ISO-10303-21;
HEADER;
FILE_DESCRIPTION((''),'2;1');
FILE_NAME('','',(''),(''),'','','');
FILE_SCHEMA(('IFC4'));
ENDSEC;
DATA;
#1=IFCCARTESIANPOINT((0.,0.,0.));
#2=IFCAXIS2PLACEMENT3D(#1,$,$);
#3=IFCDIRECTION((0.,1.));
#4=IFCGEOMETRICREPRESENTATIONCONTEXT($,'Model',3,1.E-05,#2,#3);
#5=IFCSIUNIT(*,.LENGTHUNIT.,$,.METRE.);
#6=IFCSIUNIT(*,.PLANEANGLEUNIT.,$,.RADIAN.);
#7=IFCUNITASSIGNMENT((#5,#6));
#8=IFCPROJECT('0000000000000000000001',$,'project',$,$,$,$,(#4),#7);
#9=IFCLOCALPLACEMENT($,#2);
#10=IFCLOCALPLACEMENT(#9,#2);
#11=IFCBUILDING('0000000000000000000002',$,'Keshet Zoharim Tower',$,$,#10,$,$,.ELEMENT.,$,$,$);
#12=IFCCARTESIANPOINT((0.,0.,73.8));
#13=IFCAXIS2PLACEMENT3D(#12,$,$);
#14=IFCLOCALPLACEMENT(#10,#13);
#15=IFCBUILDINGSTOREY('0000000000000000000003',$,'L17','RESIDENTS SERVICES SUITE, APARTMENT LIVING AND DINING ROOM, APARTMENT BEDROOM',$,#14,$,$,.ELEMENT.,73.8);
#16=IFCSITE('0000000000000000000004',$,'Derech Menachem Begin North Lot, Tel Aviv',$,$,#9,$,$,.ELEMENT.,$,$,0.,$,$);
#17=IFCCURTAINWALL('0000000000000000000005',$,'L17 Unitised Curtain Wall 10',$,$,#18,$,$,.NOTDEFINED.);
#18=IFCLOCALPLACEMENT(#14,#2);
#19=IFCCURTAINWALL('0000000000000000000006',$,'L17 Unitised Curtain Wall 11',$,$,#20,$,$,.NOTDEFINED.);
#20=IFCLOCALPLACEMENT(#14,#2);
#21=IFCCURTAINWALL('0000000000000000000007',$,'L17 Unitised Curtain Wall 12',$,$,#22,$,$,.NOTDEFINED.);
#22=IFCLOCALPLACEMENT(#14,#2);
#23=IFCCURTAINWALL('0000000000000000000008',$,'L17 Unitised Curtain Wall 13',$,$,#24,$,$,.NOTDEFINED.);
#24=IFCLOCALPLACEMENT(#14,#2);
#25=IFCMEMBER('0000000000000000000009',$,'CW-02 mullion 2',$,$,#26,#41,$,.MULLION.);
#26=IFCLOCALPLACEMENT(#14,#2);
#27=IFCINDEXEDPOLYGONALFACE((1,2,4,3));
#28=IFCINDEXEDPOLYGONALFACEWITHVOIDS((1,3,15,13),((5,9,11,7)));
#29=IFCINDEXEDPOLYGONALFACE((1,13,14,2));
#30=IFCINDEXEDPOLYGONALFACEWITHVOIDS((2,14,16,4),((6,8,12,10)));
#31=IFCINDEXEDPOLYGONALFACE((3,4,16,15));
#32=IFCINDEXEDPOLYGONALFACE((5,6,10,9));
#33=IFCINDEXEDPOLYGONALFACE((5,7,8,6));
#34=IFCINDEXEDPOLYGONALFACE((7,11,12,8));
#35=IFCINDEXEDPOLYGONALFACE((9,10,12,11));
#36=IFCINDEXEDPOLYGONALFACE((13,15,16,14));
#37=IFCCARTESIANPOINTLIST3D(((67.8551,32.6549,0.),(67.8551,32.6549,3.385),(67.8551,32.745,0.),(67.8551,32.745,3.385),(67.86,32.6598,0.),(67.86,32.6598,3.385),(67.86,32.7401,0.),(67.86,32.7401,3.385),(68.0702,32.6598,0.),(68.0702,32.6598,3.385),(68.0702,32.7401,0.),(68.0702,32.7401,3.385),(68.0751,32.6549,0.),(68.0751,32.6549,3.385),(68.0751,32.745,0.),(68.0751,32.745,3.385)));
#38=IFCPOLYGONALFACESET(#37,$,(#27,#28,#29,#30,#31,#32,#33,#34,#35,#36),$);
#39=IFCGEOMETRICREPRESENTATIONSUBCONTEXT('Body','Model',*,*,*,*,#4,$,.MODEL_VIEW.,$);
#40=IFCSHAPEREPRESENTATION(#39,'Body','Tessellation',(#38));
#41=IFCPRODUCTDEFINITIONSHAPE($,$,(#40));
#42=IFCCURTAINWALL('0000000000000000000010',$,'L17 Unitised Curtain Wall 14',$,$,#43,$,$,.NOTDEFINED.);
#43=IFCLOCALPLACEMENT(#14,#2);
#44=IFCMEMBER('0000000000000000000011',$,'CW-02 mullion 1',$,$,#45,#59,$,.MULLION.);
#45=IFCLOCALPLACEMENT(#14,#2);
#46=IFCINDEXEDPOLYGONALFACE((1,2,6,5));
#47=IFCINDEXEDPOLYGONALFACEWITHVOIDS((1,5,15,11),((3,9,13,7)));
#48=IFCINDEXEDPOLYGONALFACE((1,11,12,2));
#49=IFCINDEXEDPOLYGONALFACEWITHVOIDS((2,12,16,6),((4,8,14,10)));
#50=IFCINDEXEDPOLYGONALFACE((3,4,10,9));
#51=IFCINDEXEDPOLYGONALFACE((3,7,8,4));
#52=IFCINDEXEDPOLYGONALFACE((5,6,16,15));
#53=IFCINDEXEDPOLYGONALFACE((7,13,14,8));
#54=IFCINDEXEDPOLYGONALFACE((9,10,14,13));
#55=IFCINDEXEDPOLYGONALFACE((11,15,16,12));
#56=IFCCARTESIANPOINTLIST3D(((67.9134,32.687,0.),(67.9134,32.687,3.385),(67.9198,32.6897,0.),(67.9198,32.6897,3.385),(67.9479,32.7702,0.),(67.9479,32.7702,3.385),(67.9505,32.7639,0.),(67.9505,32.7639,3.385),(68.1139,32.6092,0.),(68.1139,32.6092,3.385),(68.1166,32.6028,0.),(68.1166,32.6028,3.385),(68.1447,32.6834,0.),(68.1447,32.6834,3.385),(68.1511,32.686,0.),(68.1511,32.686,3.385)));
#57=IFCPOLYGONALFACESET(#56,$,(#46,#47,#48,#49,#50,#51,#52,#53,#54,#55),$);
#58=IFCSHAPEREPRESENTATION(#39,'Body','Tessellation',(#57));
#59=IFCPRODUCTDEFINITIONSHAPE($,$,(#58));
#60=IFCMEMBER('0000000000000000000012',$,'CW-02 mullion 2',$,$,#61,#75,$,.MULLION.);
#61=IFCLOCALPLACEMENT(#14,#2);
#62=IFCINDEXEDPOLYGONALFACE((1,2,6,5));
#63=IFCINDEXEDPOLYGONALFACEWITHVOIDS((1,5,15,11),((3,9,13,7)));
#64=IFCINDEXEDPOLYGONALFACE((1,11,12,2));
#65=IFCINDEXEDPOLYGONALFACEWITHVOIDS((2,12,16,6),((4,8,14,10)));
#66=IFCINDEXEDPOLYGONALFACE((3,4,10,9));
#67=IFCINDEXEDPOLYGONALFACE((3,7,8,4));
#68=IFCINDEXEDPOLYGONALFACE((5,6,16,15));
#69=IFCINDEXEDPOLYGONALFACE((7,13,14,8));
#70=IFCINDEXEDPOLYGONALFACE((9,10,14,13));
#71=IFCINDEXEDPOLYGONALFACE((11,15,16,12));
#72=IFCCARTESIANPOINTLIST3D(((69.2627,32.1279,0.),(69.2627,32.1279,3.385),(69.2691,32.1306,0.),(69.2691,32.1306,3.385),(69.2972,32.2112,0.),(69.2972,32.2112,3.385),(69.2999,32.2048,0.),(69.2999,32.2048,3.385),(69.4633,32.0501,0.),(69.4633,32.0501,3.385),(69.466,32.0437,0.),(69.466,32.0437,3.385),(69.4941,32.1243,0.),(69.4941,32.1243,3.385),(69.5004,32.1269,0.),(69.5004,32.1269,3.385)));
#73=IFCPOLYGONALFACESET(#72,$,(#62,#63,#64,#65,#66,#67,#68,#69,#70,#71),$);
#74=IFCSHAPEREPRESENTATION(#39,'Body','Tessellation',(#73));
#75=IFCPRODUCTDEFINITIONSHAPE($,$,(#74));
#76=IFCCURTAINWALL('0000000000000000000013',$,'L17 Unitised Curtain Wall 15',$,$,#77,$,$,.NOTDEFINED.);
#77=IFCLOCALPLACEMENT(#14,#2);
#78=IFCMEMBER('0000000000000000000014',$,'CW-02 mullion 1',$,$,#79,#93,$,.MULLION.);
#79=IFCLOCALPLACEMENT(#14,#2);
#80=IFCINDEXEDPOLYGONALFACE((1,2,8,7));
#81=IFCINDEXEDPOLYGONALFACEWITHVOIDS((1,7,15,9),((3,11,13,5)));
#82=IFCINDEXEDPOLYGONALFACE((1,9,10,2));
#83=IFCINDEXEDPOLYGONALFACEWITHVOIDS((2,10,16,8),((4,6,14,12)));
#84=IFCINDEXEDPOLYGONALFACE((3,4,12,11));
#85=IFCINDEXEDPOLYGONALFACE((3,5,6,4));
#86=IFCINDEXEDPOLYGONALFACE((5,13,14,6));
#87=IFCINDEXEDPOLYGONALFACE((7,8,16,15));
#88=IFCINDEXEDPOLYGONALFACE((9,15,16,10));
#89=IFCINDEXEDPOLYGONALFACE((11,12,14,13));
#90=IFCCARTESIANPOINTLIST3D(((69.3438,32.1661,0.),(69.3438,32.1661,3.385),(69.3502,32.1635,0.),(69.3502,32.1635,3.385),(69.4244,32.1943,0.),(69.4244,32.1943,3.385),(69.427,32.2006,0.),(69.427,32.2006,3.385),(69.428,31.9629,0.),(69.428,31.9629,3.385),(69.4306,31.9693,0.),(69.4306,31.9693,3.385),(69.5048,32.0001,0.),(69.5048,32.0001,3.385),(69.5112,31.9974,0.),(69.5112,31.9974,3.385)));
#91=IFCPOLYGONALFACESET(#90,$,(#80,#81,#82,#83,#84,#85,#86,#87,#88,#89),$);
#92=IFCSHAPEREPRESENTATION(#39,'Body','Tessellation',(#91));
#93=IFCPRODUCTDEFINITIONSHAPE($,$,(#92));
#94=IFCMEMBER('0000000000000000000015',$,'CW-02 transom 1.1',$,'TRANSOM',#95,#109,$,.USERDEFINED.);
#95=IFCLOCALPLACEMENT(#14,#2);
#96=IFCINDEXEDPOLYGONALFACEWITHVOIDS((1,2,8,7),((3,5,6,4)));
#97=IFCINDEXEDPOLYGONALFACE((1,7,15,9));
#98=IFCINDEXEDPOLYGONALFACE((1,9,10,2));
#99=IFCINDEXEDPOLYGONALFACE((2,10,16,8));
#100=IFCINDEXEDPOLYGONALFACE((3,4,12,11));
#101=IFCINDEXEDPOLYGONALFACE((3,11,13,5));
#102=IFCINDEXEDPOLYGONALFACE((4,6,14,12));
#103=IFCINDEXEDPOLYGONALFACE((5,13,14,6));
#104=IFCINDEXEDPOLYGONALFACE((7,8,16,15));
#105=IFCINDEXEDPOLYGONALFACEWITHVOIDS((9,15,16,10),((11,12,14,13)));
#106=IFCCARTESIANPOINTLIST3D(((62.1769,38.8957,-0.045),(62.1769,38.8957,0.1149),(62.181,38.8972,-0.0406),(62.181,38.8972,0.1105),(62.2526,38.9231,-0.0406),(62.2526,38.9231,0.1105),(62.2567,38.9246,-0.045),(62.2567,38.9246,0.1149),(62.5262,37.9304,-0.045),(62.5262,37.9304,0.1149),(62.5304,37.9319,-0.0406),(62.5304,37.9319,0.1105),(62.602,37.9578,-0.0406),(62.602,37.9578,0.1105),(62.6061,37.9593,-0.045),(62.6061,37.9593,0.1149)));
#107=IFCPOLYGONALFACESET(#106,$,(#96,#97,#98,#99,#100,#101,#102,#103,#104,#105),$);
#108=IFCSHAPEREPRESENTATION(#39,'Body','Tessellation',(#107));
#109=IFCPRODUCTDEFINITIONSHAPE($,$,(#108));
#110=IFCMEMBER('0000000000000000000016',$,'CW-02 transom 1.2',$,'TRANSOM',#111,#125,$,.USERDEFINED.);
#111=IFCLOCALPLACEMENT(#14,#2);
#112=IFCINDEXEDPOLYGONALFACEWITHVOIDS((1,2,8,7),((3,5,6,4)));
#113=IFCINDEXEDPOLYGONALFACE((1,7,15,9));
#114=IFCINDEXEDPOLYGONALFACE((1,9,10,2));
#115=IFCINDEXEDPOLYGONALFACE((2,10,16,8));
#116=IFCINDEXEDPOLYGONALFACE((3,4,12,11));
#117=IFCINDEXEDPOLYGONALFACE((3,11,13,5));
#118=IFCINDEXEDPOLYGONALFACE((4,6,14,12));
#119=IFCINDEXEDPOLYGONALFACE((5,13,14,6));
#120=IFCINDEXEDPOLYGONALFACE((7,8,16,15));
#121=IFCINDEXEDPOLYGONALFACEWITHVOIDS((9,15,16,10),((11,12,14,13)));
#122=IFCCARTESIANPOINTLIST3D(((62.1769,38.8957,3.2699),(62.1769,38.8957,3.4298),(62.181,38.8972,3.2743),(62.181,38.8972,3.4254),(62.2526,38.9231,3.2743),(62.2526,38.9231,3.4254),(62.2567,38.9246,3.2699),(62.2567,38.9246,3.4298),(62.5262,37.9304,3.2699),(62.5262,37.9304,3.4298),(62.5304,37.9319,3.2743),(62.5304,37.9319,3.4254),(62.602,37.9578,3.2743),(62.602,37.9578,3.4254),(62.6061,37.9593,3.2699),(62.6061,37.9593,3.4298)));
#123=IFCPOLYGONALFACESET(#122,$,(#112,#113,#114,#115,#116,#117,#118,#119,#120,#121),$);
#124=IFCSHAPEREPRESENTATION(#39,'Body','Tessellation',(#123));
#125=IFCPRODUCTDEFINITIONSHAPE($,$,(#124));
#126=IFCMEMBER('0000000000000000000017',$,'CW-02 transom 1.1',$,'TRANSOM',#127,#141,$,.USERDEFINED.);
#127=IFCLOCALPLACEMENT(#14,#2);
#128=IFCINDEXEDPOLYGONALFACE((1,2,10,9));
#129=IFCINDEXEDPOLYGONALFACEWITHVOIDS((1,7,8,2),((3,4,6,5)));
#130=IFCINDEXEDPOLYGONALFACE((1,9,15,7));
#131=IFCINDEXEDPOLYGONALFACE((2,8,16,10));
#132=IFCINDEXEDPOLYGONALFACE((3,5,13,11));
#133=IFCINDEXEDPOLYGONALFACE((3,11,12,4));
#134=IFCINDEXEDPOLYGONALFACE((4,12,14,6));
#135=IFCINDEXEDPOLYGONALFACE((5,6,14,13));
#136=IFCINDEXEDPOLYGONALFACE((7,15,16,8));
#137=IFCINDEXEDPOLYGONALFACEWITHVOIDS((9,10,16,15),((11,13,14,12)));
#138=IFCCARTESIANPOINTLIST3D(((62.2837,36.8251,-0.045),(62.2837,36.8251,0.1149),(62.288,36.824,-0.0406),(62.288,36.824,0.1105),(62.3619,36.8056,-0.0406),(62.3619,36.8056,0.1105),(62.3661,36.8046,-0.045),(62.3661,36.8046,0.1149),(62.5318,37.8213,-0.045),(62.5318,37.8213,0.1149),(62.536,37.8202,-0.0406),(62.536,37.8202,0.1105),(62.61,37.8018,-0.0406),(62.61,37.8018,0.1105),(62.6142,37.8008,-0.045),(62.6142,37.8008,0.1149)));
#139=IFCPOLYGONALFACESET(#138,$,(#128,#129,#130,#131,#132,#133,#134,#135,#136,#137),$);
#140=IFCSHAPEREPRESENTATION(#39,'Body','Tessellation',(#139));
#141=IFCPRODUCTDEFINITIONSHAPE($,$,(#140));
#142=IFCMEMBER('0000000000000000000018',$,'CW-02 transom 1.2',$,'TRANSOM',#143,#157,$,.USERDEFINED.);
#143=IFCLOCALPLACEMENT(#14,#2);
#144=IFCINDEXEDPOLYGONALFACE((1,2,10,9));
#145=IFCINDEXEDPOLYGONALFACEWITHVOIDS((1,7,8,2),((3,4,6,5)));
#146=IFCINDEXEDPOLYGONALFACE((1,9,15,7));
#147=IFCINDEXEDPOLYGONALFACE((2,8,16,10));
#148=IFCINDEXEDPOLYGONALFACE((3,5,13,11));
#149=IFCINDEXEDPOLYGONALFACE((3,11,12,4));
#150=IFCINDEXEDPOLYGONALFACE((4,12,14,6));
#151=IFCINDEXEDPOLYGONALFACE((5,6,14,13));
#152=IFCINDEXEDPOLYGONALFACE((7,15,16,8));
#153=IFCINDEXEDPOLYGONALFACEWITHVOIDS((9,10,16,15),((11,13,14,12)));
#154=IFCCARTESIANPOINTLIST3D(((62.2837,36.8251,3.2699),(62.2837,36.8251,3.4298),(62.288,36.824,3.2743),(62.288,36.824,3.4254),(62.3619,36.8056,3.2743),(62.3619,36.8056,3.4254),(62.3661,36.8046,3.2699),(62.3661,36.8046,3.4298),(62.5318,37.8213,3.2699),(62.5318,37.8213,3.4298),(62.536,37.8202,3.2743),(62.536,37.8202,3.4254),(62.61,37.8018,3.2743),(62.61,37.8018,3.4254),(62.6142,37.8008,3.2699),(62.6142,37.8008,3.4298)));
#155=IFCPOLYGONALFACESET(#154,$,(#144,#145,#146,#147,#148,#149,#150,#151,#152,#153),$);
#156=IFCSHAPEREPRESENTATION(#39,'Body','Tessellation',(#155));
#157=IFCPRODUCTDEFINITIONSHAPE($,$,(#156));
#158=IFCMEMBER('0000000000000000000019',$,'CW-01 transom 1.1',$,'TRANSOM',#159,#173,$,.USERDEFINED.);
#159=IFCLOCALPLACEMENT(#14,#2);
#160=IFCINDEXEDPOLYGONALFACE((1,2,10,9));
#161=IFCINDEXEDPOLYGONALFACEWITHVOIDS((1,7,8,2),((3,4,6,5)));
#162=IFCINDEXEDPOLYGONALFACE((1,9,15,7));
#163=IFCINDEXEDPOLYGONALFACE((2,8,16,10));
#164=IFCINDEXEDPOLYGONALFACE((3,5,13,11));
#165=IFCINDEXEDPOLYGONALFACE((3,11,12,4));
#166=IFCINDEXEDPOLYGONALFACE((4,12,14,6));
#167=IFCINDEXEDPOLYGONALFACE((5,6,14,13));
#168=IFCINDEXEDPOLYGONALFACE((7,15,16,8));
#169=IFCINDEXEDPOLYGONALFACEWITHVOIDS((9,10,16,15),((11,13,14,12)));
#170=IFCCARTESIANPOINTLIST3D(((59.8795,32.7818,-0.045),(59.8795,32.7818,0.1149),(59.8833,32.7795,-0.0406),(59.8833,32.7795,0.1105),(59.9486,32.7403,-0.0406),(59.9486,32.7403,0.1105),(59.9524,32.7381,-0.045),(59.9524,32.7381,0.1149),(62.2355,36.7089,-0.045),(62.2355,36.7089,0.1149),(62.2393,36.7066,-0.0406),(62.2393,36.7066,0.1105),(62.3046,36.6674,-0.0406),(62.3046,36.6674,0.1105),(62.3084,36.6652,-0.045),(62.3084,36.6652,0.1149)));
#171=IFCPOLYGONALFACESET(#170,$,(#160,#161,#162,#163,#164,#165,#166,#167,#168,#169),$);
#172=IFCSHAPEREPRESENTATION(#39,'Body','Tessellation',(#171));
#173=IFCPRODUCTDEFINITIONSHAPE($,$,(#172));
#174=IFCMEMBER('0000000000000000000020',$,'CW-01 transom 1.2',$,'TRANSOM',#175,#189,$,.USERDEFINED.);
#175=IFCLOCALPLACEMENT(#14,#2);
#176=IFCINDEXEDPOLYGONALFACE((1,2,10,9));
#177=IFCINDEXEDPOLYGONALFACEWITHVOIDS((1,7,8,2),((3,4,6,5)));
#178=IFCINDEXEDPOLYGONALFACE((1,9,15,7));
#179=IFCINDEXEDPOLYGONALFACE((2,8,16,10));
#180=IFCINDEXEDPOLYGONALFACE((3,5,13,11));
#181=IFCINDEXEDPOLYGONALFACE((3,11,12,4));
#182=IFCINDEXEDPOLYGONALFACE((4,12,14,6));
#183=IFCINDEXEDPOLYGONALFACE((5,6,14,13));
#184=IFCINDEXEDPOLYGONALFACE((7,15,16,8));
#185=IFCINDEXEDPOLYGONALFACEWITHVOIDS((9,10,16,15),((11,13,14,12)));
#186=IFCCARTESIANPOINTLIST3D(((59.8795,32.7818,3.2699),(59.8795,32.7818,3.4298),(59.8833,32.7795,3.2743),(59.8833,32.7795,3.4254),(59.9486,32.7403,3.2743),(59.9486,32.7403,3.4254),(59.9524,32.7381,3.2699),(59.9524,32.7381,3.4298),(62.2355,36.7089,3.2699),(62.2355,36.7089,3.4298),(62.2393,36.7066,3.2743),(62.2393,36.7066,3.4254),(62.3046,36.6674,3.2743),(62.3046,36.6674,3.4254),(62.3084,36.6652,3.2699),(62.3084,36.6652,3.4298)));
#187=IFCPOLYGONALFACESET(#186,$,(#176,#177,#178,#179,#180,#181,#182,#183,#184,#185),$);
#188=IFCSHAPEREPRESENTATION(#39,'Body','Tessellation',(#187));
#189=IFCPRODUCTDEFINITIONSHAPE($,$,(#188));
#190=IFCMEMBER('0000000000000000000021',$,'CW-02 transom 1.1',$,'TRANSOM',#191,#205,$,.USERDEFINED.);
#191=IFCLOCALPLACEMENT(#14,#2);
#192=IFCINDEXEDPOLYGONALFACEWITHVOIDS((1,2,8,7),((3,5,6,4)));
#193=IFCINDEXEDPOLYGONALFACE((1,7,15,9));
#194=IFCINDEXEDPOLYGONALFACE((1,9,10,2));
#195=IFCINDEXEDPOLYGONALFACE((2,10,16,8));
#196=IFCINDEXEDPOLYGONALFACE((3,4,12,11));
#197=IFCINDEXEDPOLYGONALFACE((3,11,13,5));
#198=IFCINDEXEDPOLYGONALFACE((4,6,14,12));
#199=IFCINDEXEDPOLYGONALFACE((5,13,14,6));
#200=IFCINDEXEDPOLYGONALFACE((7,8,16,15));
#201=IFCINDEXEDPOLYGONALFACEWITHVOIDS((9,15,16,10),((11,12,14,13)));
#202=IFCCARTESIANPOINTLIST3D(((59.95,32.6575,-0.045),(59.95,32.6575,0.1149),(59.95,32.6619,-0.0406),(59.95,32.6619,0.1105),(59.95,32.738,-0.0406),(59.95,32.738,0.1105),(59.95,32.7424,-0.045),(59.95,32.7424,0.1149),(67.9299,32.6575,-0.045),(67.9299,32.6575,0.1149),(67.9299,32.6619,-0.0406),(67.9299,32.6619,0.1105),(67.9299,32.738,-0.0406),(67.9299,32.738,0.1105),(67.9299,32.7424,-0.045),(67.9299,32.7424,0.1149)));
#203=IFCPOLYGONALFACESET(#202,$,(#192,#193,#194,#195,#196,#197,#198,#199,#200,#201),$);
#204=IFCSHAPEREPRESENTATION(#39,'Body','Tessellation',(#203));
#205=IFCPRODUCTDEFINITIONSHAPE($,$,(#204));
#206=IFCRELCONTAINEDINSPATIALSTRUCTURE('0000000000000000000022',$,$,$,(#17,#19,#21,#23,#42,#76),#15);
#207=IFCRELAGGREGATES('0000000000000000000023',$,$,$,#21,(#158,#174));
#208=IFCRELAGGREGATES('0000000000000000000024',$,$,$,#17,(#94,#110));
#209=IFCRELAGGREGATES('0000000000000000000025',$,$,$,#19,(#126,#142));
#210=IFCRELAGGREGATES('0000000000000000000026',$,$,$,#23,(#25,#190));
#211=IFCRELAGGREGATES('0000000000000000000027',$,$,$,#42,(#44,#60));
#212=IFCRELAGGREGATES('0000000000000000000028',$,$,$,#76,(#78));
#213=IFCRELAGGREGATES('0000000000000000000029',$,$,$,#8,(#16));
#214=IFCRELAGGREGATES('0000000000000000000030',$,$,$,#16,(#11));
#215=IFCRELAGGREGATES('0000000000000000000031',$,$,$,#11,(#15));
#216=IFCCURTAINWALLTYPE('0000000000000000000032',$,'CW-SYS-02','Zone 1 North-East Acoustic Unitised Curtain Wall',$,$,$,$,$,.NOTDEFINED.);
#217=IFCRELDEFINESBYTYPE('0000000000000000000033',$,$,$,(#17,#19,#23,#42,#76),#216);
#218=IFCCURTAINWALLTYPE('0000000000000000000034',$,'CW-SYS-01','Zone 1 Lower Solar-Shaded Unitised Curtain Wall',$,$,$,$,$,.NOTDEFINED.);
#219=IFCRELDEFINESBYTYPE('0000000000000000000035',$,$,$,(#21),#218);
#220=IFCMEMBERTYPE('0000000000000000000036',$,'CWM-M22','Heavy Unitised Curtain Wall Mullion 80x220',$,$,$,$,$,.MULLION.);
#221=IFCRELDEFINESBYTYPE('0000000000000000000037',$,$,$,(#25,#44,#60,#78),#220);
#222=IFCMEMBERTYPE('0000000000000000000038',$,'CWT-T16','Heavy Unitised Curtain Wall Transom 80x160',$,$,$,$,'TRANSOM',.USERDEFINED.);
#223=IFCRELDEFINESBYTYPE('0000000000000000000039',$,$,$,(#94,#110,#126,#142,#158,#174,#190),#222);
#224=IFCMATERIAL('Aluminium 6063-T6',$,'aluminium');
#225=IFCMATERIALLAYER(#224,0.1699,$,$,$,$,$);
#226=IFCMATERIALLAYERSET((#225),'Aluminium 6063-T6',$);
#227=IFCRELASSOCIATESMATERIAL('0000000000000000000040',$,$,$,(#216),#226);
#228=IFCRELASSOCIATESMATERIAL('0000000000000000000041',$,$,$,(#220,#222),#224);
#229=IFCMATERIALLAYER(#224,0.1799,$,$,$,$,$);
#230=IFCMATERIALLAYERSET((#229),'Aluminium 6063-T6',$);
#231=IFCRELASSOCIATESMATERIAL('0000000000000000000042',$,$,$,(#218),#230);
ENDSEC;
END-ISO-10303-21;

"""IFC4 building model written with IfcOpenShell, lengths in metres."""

from ifc_helpers import new_model, si_unit, direction, frame, origin, origin_2d, place, context, subcontext, project, spatial, hollow_rectangle, extrude, material, layer, layer_set, material_profile, profile_set, type_object, element, aggregate, save


model = new_model("IFC4")

# Units and contexts
model_context = context("Model", 3, precision=1e-05, world=origin(), true_north=direction((0.0, 1.0)))
body_context = subcontext(model_context, "Body", "Model", "MODEL_VIEW")
ifc_project = project(units=[si_unit("LENGTHUNIT", "METRE"), si_unit("PLANEANGLEUNIT", "RADIAN")], contexts=[model_context])

# Site, building, storey
site_placement = place(None, origin())
site = spatial("IfcSite", under=ifc_project, at=site_placement, Name="Derech Menachem Begin North Lot, Tel Aviv", CompositionType="ELEMENT", RefElevation=0.0)
building_placement = place(site_placement, origin())
building = spatial("IfcBuilding", under=site, at=building_placement, Name="Keshet Zoharim Tower", CompositionType="ELEMENT")
storey_placement = place(building_placement, frame((0.0, 0.0, 73.8)))
storey = spatial("IfcBuildingStorey", under=building, at=storey_placement, Name="L17", Description="RESIDENTS SERVICES SUITE, APARTMENT LIVING AND DINING ROOM, APARTMENT BEDROOM", CompositionType="ELEMENT", Elevation=73.8)

# Shared definitions
ifc_material_1 = material(Name="Aluminium 6063-T6", Category="aluminium")
ifc_layer_1 = layer(ifc_material_1, 0.1699)
ifc_layer_set_1 = layer_set([ifc_layer_1], Name="Aluminium 6063-T6")
curtain_wall_type_1 = type_object("IfcCurtainWallType", Name="CW-SYS-02", Description="Zone 1 North-East Acoustic Unitised Curtain Wall", PredefinedType="NOTDEFINED", material=ifc_layer_set_1)
ifc_material_profile_1 = material_profile(ifc_material_1, hollow_rectangle(XDim=0.0901, YDim=0.22, WallThickness=0.0049, at=origin_2d()), Name="MUL-90x220")
ifc_profile_set_1 = profile_set([ifc_material_profile_1], Name="Aluminium 6063-T6")
member_type_1 = type_object("IfcMemberType", Name="CWM-M22", Description="Heavy Unitised Curtain Wall Mullion 80x220", PredefinedType="MULLION", material=ifc_profile_set_1)

# Curtain walls, members
curtain_wall_1_placement = place(storey_placement, origin())
curtain_wall_1 = element("IfcCurtainWall", 1, at=curtain_wall_1_placement, inside=storey, type_object=curtain_wall_type_1, Name="L17 Unitised Curtain Wall 10", PredefinedType="NOTDEFINED")
curtain_wall_2_placement = place(storey_placement, origin())
curtain_wall_2 = element("IfcCurtainWall", 2, at=curtain_wall_2_placement, inside=storey, type_object=curtain_wall_type_1, Name="L17 Unitised Curtain Wall 11", PredefinedType="NOTDEFINED")
ifc_layer_2 = layer(ifc_material_1, 0.1799)
ifc_layer_set_2 = layer_set([ifc_layer_2], Name="Aluminium 6063-T6")
curtain_wall_type_2 = type_object("IfcCurtainWallType", Name="CW-SYS-01", Description="Zone 1 Lower Solar-Shaded Unitised Curtain Wall", PredefinedType="NOTDEFINED", material=ifc_layer_set_2)
curtain_wall_3_placement = place(storey_placement, origin())
curtain_wall_3 = element("IfcCurtainWall", 3, at=curtain_wall_3_placement, inside=storey, type_object=curtain_wall_type_2, Name="L17 Unitised Curtain Wall 12", PredefinedType="NOTDEFINED")
curtain_wall_4_placement = place(storey_placement, origin())
curtain_wall_4 = element("IfcCurtainWall", 4, at=curtain_wall_4_placement, inside=storey, type_object=curtain_wall_type_1, Name="L17 Unitised Curtain Wall 13", PredefinedType="NOTDEFINED")
member_1_placement = place(storey_placement, frame((67.9651, 32.7, 0.0), z_axis=(0.0, 0.0, 1.0), x_axis=(0.0, 1.0, 0.0)))
member_1 = element("IfcMember", 5, at=member_1_placement, type_object=member_type_1, Name="CW-02 mullion 2", PredefinedType="MULLION", context=body_context, shape_type="SweptSolid", body=[
    extrude(hollow_rectangle(XDim=0.0901, YDim=0.22, WallThickness=0.0049, at=origin_2d()), origin(), (0.0, 0.0, 1.0), 3.385),
])
curtain_wall_5_placement = place(storey_placement, origin())
curtain_wall_5 = element("IfcCurtainWall", 6, at=curtain_wall_5_placement, inside=storey, type_object=curtain_wall_type_1, Name="L17 Unitised Curtain Wall 14", PredefinedType="NOTDEFINED")
member_2_placement = place(storey_placement, frame((68.0322, 32.6865, 0.0), z_axis=(0.0, 0.0, 1.0), x_axis=(0.382852, 0.92381, 0.0)))
member_2 = element("IfcMember", 7, at=member_2_placement, type_object=member_type_1, Name="CW-02 mullion 1", PredefinedType="MULLION", context=body_context, shape_type="SweptSolid", body=[
    extrude(hollow_rectangle(XDim=0.0901, YDim=0.22, WallThickness=0.0049, at=origin_2d()), origin(), (0.0, 0.0, 1.0), 3.385),
])
member_3_placement = place(storey_placement, frame((69.3816, 32.1274, 0.0), z_axis=(0.0, 0.0, 1.0), x_axis=(0.382852, 0.92381, 0.0)))
member_3 = element("IfcMember", 8, at=member_3_placement, type_object=member_type_1, Name="CW-02 mullion 2", PredefinedType="MULLION", context=body_context, shape_type="SweptSolid", body=[
    extrude(hollow_rectangle(XDim=0.0901, YDim=0.22, WallThickness=0.0049, at=origin_2d()), origin(), (0.0, 0.0, 1.0), 3.385),
])

# Curtain wall, member
curtain_wall_6_placement = place(storey_placement, origin())
curtain_wall_6 = element("IfcCurtainWall", 9, at=curtain_wall_6_placement, inside=storey, type_object=curtain_wall_type_1, Name="L17 Unitised Curtain Wall 15", PredefinedType="NOTDEFINED")
member_4_placement = place(storey_placement, frame((69.4275, 32.0818, 0.0), z_axis=(0.0, 0.0, 1.0), x_axis=(0.92381, 0.382852, 0.0)))
member_4 = element("IfcMember", 10, at=member_4_placement, type_object=member_type_1, Name="CW-02 mullion 1", PredefinedType="MULLION", context=body_context, shape_type="SweptSolid", body=[
    extrude(hollow_rectangle(XDim=0.0901, YDim=0.22, WallThickness=0.0049, at=origin_2d()), origin(), (0.0, 0.0, 1.0), 3.385),
])

# Members
ifc_material_profile_2 = material_profile(ifc_material_1, hollow_rectangle(XDim=0.085, YDim=0.1599, WallThickness=0.0044, at=origin_2d()), Name="TRN-85x160")
ifc_profile_set_2 = profile_set([ifc_material_profile_2], Name="Aluminium 6063-T6")
member_type_2 = type_object("IfcMemberType", Name="CWT-T16", Description="Heavy Unitised Curtain Wall Transom 80x160", ElementType="TRANSOM", PredefinedType="USERDEFINED", material=ifc_profile_set_2)
member_5_placement = place(storey_placement, frame((62.2168, 38.9102, 0.0349), z_axis=(0.340311, -0.940313, 0.0), x_axis=(0.940313, 0.340311, 0.0)))
member_5 = element("IfcMember", 11, at=member_5_placement, type_object=member_type_2, Name="CW-02 transom 1.1", ObjectType="TRANSOM", PredefinedType="USERDEFINED", context=body_context, shape_type="SweptSolid", body=[
    extrude(hollow_rectangle(XDim=0.085, YDim=0.1599, WallThickness=0.0044, at=origin_2d()), origin(), (0.0, 0.0, 1.0), 1.0266),
])
member_6_placement = place(storey_placement, frame((62.2168, 38.9102, 3.3499), z_axis=(0.340311, -0.940313, 0.0), x_axis=(0.940313, 0.340311, 0.0)))
member_6 = element("IfcMember", 12, at=member_6_placement, type_object=member_type_2, Name="CW-02 transom 1.2", ObjectType="TRANSOM", PredefinedType="USERDEFINED", context=body_context, shape_type="SweptSolid", body=[
    extrude(hollow_rectangle(XDim=0.085, YDim=0.1599, WallThickness=0.0044, at=origin_2d()), origin(), (0.0, 0.0, 1.0), 1.0266),
])
member_7_placement = place(storey_placement, frame((62.573, 37.811, 0.0349), z_axis=(-0.24164, -0.970366, 0.0), x_axis=(0.970366, -0.24164, 0.0)))
member_7 = element("IfcMember", 13, at=member_7_placement, type_object=member_type_2, Name="CW-02 transom 1.1", ObjectType="TRANSOM", PredefinedType="USERDEFINED", context=body_context, shape_type="SweptSolid", body=[
    extrude(hollow_rectangle(XDim=0.085, YDim=0.1599, WallThickness=0.0044, at=origin_2d()), origin(), (0.0, 0.0, 1.0), 1.0266),
])
member_8_placement = place(storey_placement, frame((62.573, 37.811, 3.3499), z_axis=(-0.24164, -0.970366, 0.0), x_axis=(0.970366, -0.24164, 0.0)))
member_8 = element("IfcMember", 14, at=member_8_placement, type_object=member_type_2, Name="CW-02 transom 1.2", ObjectType="TRANSOM", PredefinedType="USERDEFINED", context=body_context, shape_type="SweptSolid", body=[
    extrude(hollow_rectangle(XDim=0.085, YDim=0.1599, WallThickness=0.0044, at=origin_2d()), origin(), (0.0, 0.0, 1.0), 1.0266),
])
member_9_placement = place(storey_placement, frame((62.272, 36.687, 0.0349), z_axis=(-0.514457, -0.857516, 0.0), x_axis=(0.857516, -0.514457, 0.0)))
member_9 = element("IfcMember", 15, at=member_9_placement, type_object=member_type_2, Name="CW-01 transom 1.1", ObjectType="TRANSOM", PredefinedType="USERDEFINED", context=body_context, shape_type="SweptSolid", body=[
    extrude(hollow_rectangle(XDim=0.085, YDim=0.1599, WallThickness=0.0044, at=origin_2d()), origin(), (0.0, 0.0, 1.0), 4.5796),
])
member_10_placement = place(storey_placement, frame((62.272, 36.687, 3.3499), z_axis=(-0.514457, -0.857516, 0.0), x_axis=(0.857516, -0.514457, 0.0)))
member_10 = element("IfcMember", 16, at=member_10_placement, type_object=member_type_2, Name="CW-01 transom 1.2", ObjectType="TRANSOM", PredefinedType="USERDEFINED", context=body_context, shape_type="SweptSolid", body=[
    extrude(hollow_rectangle(XDim=0.085, YDim=0.1599, WallThickness=0.0044, at=origin_2d()), origin(), (0.0, 0.0, 1.0), 4.5796),
])
member_11_placement = place(storey_placement, frame((59.95, 32.7, 0.0349), z_axis=(1.0, 0.0, 0.0), x_axis=(0.0, 1.0, 0.0)))
member_11 = element("IfcMember", 17, at=member_11_placement, type_object=member_type_2, Name="CW-02 transom 1.1", ObjectType="TRANSOM", PredefinedType="USERDEFINED", context=body_context, shape_type="SweptSolid", body=[
    extrude(hollow_rectangle(XDim=0.085, YDim=0.1599, WallThickness=0.0044, at=origin_2d()), origin(), (0.0, 0.0, 1.0), 7.98),
])

aggregate(curtain_wall_3, [member_9, member_10])
aggregate(curtain_wall_1, [member_5, member_6])
aggregate(curtain_wall_2, [member_7, member_8])
aggregate(curtain_wall_4, [member_1, member_11])
aggregate(curtain_wall_5, [member_2, member_3])
aggregate(curtain_wall_6, [member_4])

save(model, "model.ifc")
